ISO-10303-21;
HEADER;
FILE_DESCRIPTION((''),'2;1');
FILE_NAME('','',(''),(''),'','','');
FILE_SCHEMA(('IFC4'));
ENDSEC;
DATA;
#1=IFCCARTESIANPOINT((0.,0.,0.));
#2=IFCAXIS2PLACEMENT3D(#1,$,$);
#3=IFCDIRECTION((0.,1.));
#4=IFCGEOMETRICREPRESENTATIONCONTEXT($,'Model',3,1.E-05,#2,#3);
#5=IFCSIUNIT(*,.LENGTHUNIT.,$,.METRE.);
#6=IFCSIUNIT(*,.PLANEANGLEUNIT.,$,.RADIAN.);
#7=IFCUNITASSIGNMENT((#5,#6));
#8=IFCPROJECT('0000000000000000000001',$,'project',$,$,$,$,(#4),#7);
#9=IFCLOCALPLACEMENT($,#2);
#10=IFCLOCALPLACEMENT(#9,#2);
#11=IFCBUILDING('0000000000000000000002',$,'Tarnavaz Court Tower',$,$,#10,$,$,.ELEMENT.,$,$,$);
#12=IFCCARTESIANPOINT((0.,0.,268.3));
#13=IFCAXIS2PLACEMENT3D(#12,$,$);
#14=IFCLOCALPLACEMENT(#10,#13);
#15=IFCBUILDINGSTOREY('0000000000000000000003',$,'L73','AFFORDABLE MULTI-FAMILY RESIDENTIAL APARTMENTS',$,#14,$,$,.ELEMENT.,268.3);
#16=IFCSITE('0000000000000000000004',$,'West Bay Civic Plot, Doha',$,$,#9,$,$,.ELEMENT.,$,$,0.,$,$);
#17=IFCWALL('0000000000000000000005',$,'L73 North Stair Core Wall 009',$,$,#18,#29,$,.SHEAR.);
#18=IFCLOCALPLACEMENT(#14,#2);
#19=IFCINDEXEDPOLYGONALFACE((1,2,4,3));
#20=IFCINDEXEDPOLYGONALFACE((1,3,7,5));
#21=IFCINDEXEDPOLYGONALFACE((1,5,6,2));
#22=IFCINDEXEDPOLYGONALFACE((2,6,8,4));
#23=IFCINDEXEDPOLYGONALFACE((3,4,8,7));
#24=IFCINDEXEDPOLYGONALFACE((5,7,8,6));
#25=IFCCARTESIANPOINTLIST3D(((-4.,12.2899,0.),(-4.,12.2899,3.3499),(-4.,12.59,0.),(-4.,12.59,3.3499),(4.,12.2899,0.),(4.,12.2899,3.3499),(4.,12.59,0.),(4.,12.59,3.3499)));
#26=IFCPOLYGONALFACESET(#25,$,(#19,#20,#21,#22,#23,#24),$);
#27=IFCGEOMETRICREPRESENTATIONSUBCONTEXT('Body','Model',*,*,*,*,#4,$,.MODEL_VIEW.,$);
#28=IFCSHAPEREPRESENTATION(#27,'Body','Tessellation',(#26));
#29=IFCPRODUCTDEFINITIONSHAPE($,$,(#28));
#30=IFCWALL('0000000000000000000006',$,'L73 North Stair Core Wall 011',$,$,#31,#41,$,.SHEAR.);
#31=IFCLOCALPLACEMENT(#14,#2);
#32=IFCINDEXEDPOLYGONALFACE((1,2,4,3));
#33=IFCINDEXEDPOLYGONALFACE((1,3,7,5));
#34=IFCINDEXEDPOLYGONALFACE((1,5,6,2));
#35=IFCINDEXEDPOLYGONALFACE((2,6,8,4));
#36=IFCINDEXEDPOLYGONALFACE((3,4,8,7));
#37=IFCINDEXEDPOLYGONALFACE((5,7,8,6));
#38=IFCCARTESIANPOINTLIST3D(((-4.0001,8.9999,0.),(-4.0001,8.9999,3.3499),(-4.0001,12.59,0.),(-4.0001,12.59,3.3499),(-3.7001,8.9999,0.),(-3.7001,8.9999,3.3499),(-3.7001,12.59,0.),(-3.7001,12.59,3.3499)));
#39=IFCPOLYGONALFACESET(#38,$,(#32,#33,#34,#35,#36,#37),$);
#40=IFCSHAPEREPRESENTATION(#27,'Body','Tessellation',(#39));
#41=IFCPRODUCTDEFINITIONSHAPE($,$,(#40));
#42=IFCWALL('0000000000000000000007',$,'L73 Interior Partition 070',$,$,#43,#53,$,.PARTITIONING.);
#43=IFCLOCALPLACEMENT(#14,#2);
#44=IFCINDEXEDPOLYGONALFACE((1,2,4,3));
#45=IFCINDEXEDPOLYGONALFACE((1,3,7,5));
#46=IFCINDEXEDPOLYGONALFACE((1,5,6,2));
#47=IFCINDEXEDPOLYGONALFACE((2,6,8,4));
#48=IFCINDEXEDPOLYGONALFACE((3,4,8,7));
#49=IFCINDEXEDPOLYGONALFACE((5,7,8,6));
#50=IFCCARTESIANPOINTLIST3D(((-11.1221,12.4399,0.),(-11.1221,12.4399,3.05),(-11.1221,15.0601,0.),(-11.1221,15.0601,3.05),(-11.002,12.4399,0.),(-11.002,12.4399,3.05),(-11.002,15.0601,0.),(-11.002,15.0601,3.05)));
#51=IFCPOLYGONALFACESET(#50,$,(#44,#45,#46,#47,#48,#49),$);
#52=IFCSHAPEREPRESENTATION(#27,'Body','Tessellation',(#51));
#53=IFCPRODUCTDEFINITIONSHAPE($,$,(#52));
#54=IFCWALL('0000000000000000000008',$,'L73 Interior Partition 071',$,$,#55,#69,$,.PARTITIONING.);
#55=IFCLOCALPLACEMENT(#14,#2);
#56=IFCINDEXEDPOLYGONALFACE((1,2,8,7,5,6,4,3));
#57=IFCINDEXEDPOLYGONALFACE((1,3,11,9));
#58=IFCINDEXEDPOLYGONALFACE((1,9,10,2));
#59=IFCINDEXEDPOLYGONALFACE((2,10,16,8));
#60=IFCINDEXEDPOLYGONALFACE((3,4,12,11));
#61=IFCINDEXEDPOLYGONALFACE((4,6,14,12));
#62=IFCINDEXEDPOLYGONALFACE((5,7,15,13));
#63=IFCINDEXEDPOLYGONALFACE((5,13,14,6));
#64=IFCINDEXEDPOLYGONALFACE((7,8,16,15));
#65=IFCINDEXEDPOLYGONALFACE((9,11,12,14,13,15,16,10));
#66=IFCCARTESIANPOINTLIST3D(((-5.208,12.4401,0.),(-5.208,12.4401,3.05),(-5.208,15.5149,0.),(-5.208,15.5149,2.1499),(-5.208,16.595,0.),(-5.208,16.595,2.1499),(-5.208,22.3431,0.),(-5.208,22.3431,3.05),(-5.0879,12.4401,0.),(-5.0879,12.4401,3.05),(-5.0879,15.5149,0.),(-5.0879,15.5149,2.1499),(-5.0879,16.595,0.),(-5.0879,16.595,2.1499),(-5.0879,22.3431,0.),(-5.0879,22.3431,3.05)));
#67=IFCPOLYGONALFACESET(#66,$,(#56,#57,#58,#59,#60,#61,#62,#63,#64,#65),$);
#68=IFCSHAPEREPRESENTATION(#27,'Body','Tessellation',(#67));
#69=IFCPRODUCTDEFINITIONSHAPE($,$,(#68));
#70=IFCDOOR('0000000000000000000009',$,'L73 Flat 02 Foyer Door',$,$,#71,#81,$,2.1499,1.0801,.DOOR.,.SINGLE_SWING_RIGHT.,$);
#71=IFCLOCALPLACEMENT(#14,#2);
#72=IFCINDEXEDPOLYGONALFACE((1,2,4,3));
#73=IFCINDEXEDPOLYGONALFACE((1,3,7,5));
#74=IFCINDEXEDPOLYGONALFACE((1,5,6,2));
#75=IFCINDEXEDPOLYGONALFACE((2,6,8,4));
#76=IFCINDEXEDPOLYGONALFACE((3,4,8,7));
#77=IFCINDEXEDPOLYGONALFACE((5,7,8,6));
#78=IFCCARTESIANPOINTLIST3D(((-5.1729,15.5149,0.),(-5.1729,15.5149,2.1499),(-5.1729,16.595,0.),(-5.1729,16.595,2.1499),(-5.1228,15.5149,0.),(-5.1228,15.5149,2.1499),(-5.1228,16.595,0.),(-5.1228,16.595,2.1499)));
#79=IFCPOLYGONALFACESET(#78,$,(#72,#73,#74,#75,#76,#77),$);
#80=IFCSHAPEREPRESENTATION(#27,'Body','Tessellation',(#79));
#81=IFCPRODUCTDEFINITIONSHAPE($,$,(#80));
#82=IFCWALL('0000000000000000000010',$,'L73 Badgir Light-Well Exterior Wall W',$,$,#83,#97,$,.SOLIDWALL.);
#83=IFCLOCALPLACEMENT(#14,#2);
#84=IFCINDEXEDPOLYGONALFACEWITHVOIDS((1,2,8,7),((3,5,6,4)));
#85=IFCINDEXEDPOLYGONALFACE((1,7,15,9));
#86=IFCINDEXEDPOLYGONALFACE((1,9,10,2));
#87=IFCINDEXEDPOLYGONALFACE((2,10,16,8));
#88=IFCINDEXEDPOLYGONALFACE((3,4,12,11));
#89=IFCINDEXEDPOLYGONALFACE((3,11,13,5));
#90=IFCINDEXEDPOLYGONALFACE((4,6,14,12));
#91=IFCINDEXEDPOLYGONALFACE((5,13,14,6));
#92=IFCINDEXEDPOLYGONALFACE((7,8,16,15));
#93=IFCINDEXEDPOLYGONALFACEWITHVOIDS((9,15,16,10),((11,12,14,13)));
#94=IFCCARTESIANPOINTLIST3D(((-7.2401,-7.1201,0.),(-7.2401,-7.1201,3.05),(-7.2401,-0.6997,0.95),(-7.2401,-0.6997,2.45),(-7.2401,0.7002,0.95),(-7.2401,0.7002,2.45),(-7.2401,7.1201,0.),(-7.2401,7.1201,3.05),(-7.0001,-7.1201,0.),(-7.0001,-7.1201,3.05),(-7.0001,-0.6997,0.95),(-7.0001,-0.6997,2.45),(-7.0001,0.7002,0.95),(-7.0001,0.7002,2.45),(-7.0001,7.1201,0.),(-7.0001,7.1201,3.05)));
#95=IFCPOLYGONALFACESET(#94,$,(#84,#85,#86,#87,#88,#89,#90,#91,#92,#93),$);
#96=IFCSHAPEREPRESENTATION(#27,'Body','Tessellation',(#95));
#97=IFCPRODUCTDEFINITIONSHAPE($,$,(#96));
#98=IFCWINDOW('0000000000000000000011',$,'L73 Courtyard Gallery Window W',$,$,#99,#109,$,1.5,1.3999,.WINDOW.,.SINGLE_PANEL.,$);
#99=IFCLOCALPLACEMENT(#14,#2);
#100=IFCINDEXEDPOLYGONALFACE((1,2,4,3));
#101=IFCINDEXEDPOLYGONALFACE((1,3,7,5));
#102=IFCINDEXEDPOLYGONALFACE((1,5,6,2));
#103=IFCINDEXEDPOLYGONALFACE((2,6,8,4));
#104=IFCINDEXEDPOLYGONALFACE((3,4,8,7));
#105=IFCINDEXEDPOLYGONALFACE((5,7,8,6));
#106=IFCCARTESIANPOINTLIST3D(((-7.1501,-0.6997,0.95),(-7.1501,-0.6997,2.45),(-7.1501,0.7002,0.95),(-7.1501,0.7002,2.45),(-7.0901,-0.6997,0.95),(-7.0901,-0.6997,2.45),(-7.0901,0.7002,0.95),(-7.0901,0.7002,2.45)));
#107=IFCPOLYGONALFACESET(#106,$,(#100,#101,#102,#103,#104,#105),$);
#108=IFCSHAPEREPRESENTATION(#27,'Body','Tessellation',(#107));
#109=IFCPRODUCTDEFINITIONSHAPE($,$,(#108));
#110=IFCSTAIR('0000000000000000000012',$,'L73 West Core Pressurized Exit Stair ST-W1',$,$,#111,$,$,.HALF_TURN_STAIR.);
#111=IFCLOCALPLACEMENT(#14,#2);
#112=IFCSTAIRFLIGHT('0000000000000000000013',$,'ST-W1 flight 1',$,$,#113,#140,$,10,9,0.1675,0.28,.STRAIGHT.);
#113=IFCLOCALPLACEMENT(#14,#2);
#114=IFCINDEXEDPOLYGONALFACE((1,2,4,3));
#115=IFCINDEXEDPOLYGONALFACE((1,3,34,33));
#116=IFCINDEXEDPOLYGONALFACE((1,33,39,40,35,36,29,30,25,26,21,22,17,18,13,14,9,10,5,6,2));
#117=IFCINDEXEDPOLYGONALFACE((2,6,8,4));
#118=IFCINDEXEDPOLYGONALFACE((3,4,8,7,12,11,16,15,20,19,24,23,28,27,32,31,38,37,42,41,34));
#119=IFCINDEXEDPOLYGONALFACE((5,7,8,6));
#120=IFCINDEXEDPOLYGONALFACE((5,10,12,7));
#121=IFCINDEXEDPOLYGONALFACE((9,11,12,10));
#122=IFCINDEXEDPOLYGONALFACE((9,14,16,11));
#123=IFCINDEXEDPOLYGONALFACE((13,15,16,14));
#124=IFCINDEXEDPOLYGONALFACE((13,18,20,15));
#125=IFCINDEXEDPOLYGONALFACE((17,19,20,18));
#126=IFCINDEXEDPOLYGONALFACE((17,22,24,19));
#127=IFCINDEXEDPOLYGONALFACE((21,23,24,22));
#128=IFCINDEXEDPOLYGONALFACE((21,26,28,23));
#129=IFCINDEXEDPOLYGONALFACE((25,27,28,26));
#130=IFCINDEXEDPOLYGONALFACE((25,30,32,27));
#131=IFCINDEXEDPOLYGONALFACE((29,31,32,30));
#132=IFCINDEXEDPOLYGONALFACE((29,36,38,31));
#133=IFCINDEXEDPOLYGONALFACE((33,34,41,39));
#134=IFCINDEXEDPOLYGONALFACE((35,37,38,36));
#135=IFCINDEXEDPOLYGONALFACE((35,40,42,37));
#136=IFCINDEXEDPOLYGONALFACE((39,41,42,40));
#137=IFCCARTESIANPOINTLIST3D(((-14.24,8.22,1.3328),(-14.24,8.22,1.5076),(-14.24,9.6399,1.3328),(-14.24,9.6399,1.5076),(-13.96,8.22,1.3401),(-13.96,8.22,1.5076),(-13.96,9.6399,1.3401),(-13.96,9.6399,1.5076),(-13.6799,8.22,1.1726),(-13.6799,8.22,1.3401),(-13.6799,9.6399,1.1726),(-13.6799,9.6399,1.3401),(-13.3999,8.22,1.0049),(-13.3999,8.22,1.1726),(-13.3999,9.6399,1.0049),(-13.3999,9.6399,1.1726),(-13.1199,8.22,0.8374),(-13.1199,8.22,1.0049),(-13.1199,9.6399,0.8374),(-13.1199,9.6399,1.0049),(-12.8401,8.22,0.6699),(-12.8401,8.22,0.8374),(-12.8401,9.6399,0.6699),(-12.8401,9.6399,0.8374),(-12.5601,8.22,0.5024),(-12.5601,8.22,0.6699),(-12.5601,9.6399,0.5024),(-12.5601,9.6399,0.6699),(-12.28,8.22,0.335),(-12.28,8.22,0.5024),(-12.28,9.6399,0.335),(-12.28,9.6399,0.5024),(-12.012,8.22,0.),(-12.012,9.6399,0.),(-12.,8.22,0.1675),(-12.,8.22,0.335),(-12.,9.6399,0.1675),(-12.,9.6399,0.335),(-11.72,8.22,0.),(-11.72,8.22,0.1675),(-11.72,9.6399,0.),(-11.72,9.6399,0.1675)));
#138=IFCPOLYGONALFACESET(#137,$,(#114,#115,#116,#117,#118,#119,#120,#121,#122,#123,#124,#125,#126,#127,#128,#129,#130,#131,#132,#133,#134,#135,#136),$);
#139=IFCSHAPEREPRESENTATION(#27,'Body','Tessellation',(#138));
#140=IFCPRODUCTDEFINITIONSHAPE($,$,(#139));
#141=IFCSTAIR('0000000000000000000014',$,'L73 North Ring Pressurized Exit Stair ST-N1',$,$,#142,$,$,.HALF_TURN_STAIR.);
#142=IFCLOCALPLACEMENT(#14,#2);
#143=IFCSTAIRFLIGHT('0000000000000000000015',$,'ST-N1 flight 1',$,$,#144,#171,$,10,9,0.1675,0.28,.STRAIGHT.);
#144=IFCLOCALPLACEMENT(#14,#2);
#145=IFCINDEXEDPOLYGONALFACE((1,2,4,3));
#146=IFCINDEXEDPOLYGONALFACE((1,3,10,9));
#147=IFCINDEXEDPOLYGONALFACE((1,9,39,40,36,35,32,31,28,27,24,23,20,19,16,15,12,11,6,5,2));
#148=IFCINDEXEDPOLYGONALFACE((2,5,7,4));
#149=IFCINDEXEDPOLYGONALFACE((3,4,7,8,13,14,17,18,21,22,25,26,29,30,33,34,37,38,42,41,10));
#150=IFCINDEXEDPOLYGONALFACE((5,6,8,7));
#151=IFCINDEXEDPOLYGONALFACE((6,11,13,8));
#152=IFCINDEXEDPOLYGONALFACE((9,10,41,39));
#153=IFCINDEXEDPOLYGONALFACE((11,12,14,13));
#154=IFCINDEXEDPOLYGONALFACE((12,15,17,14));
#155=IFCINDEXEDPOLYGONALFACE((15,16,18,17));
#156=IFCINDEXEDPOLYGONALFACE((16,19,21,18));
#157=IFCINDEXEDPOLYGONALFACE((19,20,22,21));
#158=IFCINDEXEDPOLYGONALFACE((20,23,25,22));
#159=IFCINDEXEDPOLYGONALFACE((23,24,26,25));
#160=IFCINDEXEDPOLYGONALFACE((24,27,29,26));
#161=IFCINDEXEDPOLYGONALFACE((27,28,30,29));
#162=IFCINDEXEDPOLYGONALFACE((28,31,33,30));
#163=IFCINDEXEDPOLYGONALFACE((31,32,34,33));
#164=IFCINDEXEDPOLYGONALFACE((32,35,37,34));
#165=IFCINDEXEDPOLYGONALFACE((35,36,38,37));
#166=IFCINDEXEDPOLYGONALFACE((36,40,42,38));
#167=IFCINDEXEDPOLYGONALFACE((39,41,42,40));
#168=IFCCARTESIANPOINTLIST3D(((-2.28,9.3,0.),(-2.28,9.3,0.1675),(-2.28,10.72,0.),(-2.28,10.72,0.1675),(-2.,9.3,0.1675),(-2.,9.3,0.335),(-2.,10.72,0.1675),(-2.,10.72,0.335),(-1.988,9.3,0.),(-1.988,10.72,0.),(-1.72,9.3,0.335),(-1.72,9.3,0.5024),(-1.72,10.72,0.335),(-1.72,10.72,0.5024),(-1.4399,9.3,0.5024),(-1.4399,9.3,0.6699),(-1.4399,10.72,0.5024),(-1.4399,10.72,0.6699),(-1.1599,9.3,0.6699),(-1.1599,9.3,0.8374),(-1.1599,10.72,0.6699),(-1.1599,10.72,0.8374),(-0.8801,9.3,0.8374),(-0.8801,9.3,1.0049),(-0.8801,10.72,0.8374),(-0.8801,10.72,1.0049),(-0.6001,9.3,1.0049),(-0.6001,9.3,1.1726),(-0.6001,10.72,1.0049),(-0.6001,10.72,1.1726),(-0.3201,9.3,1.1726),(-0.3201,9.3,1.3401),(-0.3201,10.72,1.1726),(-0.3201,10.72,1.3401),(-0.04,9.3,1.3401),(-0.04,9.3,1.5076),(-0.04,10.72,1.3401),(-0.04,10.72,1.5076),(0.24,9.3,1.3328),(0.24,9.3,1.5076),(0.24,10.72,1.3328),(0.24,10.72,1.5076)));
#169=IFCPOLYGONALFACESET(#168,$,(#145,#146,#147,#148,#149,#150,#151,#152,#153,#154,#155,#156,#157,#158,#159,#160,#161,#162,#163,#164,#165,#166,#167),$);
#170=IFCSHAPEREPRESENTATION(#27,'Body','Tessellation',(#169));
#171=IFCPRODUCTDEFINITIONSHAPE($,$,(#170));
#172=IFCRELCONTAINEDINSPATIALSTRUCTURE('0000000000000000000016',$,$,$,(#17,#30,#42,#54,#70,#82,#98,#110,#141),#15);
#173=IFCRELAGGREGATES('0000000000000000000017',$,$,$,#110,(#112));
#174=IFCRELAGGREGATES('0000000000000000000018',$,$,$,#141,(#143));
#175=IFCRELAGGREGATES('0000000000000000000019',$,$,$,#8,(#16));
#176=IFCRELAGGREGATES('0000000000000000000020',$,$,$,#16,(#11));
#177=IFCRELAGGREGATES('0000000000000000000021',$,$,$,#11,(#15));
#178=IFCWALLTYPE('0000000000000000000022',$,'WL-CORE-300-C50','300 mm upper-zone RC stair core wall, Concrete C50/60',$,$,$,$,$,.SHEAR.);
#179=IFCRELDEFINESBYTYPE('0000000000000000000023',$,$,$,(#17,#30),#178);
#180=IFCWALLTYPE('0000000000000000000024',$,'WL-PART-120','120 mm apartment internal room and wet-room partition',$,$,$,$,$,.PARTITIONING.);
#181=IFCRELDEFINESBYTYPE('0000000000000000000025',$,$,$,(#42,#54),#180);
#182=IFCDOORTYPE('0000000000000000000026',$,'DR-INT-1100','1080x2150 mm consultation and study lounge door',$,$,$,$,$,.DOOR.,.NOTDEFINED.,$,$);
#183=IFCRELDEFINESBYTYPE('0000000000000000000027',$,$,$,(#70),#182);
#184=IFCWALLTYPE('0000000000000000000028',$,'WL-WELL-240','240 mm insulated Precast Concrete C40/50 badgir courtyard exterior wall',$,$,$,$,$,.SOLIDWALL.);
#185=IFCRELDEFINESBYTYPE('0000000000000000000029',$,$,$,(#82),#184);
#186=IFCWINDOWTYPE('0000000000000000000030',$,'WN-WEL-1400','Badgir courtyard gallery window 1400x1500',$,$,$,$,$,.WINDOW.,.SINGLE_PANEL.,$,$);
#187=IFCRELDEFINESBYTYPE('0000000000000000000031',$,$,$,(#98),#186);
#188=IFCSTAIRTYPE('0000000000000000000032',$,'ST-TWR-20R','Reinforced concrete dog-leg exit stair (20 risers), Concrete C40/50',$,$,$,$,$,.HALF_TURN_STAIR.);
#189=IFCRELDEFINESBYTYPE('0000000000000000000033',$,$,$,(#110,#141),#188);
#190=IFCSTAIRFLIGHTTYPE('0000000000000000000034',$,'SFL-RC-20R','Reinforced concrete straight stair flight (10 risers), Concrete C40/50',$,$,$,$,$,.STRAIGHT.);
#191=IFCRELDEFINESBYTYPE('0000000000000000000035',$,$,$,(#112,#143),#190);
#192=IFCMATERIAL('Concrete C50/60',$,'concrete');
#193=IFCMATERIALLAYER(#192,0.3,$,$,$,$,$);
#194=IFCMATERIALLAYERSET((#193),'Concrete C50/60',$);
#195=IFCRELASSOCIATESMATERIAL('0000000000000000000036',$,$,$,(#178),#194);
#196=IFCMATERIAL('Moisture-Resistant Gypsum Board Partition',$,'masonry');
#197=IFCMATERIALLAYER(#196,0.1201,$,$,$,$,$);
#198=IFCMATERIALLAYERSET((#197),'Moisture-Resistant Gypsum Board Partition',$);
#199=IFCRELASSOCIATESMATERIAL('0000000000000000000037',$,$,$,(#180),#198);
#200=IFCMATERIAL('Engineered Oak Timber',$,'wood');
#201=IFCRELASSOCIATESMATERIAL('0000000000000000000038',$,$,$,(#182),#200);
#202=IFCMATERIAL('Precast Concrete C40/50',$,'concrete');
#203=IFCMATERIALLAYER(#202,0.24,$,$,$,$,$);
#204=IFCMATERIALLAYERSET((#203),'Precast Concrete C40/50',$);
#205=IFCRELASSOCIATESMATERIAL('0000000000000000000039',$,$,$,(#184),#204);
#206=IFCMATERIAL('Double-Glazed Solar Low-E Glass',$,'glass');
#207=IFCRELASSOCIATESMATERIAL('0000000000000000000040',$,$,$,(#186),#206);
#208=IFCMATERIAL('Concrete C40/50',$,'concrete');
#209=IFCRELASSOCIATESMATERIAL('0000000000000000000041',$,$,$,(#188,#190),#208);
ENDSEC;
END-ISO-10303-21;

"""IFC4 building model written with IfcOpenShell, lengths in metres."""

from ifc_helpers import new_model, si_unit, direction, frame, frame_2d, origin, place, context, subcontext, project, spatial, polyline, rectangle, outline, extrude, material, layer, layer_set, type_object, element, fill, aggregate, save


model = new_model("IFC4")

# Units and contexts
model_context = context("Model", 3, precision=1e-05, world=origin(), true_north=direction((0.0, 1.0)))
body_context = subcontext(model_context, "Body", "Model", "MODEL_VIEW")
ifc_project = project(units=[si_unit("LENGTHUNIT", "METRE"), si_unit("PLANEANGLEUNIT", "RADIAN")], contexts=[model_context])

# Site, building, storey
site_placement = place(None, origin())
site = spatial("IfcSite", under=ifc_project, at=site_placement, Name="West Bay Civic Plot, Doha", CompositionType="ELEMENT", RefElevation=0.0)
building_placement = place(site_placement, origin())
building = spatial("IfcBuilding", under=site, at=building_placement, Name="Tarnavaz Court Tower", CompositionType="ELEMENT")
storey_placement = place(building_placement, frame((0.0, 0.0, 268.3)))
storey = spatial("IfcBuildingStorey", under=building, at=storey_placement, Name="L73", Description="AFFORDABLE MULTI-FAMILY RESIDENTIAL APARTMENTS", CompositionType="ELEMENT", Elevation=268.3)

# Shared definitions
ifc_material_1 = material(Name="Concrete C50/60", Category="concrete")

# Wall
ifc_layer_1 = layer(ifc_material_1, 0.3)
ifc_layer_set_1 = layer_set([ifc_layer_1], Name="Concrete C50/60")
wall_type_1 = type_object("IfcWallType", Name="WL-CORE-300-C50", Description="300 mm upper-zone RC stair core wall, Concrete C50/60", PredefinedType="SHEAR", material=ifc_layer_set_1)
wall_1_placement = place(storey_placement, frame((-4.0, 12.4399, 0.0), z_axis=(0.0, 0.0, 1.0), x_axis=(1.0, 0.0, 0.0)))
element("IfcWall", 1, at=wall_1_placement, inside=storey, type_object=wall_type_1, Name="L73 North Stair Core Wall 009", PredefinedType="SHEAR", context=body_context, shape_type="SweptSolid", body=[
    extrude(rectangle(XDim=8.0, YDim=0.3, at=frame_2d((4.0, 0.0))), origin(), (0.0, 0.0, 1.0), 3.3499),
])

# Wall
wall_2_placement = place(storey_placement, frame((-3.8501, 9.0, 0.0), z_axis=(0.0, 0.0, 1.0), x_axis=(0.0, 1.0, 0.0)))
element("IfcWall", 2, at=wall_2_placement, inside=storey, type_object=wall_type_1, Name="L73 North Stair Core Wall 011", PredefinedType="SHEAR", context=body_context, shape_type="SweptSolid", body=[
    extrude(rectangle(XDim=3.5901, YDim=0.3, at=frame_2d((1.7949, 0.0))), origin(), (0.0, 0.0, 1.0), 3.3499),
])

# Wall
ifc_material_2 = material(Name="Moisture-Resistant Gypsum Board Partition", Category="masonry")
ifc_layer_2 = layer(ifc_material_2, 0.1201)
ifc_layer_set_2 = layer_set([ifc_layer_2], Name="Moisture-Resistant Gypsum Board Partition")
wall_type_2 = type_object("IfcWallType", Name="WL-PART-120", Description="120 mm apartment internal room and wet-room partition", PredefinedType="PARTITIONING", material=ifc_layer_set_2)
wall_3_placement = place(storey_placement, frame((-11.062, 12.4399, 0.0), z_axis=(0.0, 0.0, 1.0), x_axis=(0.0, 1.0, 0.0)))
element("IfcWall", 3, at=wall_3_placement, inside=storey, type_object=wall_type_2, Name="L73 Interior Partition 070", PredefinedType="PARTITIONING", context=body_context, shape_type="SweptSolid", body=[
    extrude(rectangle(XDim=2.6201, YDim=0.1201, at=frame_2d((1.3101, 0.0))), origin(), (0.0, 0.0, 1.0), 3.05),
])

# Wall, opening, door
wall_4_placement = place(storey_placement, frame((-5.1479, 12.4399, 0.0), z_axis=(0.0, 0.0, 1.0), x_axis=(0.0, 1.0, 0.0)))
wall_4 = element("IfcWall", 4, at=wall_4_placement, inside=storey, type_object=wall_type_2, Name="L73 Interior Partition 071", PredefinedType="PARTITIONING", context=body_context, shape_type="SweptSolid", body=[
    extrude(rectangle(XDim=9.9031, YDim=0.1201, at=frame_2d((4.9517, 0.0))), origin(), (0.0, 0.0, 1.0), 3.05),
])
opening_1_placement = place(wall_4_placement, frame((3.075, 0.0, 0.0)))
opening_1 = element("IfcOpeningElement", 5, at=opening_1_placement, cuts=wall_4, PredefinedType="OPENING", context=body_context, shape_type="SweptSolid", body=[
    extrude(rectangle(XDim=1.0801, YDim=2.1499, at=frame_2d((0.54, 1.075))), frame((0.0, 0.0701, 0.0), z_axis=(0.0, -1.0, 0.0), x_axis=(1.0, 0.0, 0.0)), (0.0, 0.0, 1.0), 0.1401),
])
ifc_material_3 = material(Name="Engineered Oak Timber", Category="wood")
door_type_1 = type_object("IfcDoorType", Name="DR-INT-1100", Description="1080x2150 mm consultation and study lounge door", OperationType="NOTDEFINED", PredefinedType="DOOR", material=ifc_material_3)
door_1_placement = place(opening_1_placement, origin())
door_1 = element("IfcDoor", 6, at=door_1_placement, inside=storey, type_object=door_type_1, Name="L73 Flat 02 Foyer Door", OperationType="SINGLE_SWING_RIGHT", OverallHeight=2.1499, OverallWidth=1.0801, PredefinedType="DOOR", context=body_context, shape_type="SweptSolid", body=[
    extrude(rectangle(XDim=1.0801, YDim=2.1499, at=frame_2d((0.54, 1.075))), frame((0.0, 0.0249, 0.0), z_axis=(0.0, -1.0, 0.0), x_axis=(1.0, 0.0, 0.0)), (0.0, 0.0, 1.0), 0.05),
])
fill(opening_1, door_1)

# Wall, opening, window
ifc_material_4 = material(Name="Precast Concrete C40/50", Category="concrete")
ifc_layer_3 = layer(ifc_material_4, 0.24)
ifc_layer_set_3 = layer_set([ifc_layer_3], Name="Precast Concrete C40/50")
wall_type_3 = type_object("IfcWallType", Name="WL-WELL-240", Description="240 mm insulated Precast Concrete C40/50 badgir courtyard exterior wall", PredefinedType="SOLIDWALL", material=ifc_layer_set_3)
wall_5_placement = place(storey_placement, frame((-7.1201, 7.1201, 0.0), z_axis=(0.0, 0.0, 1.0), x_axis=(0.0, -1.0, 0.0)))
wall_5 = element("IfcWall", 7, at=wall_5_placement, inside=storey, type_object=wall_type_3, Name="L73 Badgir Light-Well Exterior Wall W", PredefinedType="SOLIDWALL", context=body_context, shape_type="SweptSolid", body=[
    extrude(rectangle(XDim=14.2402, YDim=0.24, at=frame_2d((7.1201, 0.0))), origin(), (0.0, 0.0, 1.0), 3.05),
])
opening_2_placement = place(wall_5_placement, frame((6.4199, 0.0, 0.95)))
opening_2 = element("IfcOpeningElement", 8, at=opening_2_placement, cuts=wall_5, PredefinedType="OPENING", context=body_context, shape_type="SweptSolid", body=[
    extrude(rectangle(XDim=1.3999, YDim=1.5, at=frame_2d((0.7, 0.75))), frame((0.0, 0.1299, 0.0), z_axis=(0.0, -1.0, 0.0), x_axis=(1.0, 0.0, 0.0)), (0.0, 0.0, 1.0), 0.26),
])
ifc_material_5 = material(Name="Double-Glazed Solar Low-E Glass", Category="glass")
window_type = type_object("IfcWindowType", Name="WN-WEL-1400", Description="Badgir courtyard gallery window 1400x1500", PartitioningType="SINGLE_PANEL", PredefinedType="WINDOW", material=ifc_material_5)
window_placement = place(opening_2_placement, origin())
window = element("IfcWindow", 9, at=window_placement, inside=storey, type_object=window_type, Name="L73 Courtyard Gallery Window W", OverallHeight=1.5, OverallWidth=1.3999, PartitioningType="SINGLE_PANEL", PredefinedType="WINDOW", context=body_context, shape_type="SweptSolid", body=[
    extrude(rectangle(XDim=1.3999, YDim=1.5, at=frame_2d((0.7, 0.75))), frame((0.0, 0.03, 0.0), z_axis=(0.0, -1.0, 0.0), x_axis=(1.0, 0.0, 0.0)), (0.0, 0.0, 1.0), 0.0601),
])
fill(opening_2, window)

# Stairs, stair flights
ifc_material_6 = material(Name="Concrete C40/50", Category="concrete")
stair_type = type_object("IfcStairType", Name="ST-TWR-20R", Description="Reinforced concrete dog-leg exit stair (20 risers), Concrete C40/50", PredefinedType="HALF_TURN_STAIR", material=ifc_material_6)
stair_1_placement = place(storey_placement, origin())
stair_1 = element("IfcStair", 10, at=stair_1_placement, inside=storey, type_object=stair_type, Name="L73 West Core Pressurized Exit Stair ST-W1", PredefinedType="HALF_TURN_STAIR")
stair_flight_type = type_object("IfcStairFlightType", Name="SFL-RC-20R", Description="Reinforced concrete straight stair flight (10 risers), Concrete C40/50", PredefinedType="STRAIGHT", material=ifc_material_6)
stair_flight_1_placement = place(storey_placement, frame((-11.72, 8.9299, 0.0), z_axis=(0.0, 0.0, 1.0), x_axis=(-1.0, 0.0, 0.0)))
stair_flight_1 = element("IfcStairFlight", 11, at=stair_flight_1_placement, type_object=stair_flight_type, Name="ST-W1 flight 1", NumberOfRisers=10, NumberOfTreads=9, PredefinedType="STRAIGHT", RiserHeight=0.1675, TreadLength=0.28, context=body_context, shape_type="SweptSolid", body=[
    extrude(outline(polyline([(0.0, 0.0), (0.0, 0.1675), (0.28, 0.1675), (0.28, 0.335), (0.5601, 0.335), (0.5601, 0.5024), (0.8401, 0.5024), (0.8401, 0.6699), (1.1201, 0.6699), (1.1201, 0.8374), (1.3999, 0.8374), (1.3999, 1.0049), (1.6799, 1.0049), (1.6799, 1.1726), (1.96, 1.1726), (1.96, 1.3401), (2.24, 1.3401), (2.24, 1.5076), (2.52, 1.5076), (2.52, 1.675), (2.52, 1.3328), (0.292, 0.0), (0.0, 0.0)])), frame((0.0, 0.71, 0.0), z_axis=(0.0, -1.0, 0.0), x_axis=(1.0, 0.0, 0.0)), (0.0, 0.0, 1.0), 1.4199),
])
aggregate(stair_1, [stair_flight_1])
stair_2_placement = place(storey_placement, origin())
stair_2 = element("IfcStair", 12, at=stair_2_placement, inside=storey, type_object=stair_type, Name="L73 North Ring Pressurized Exit Stair ST-N1", PredefinedType="HALF_TURN_STAIR")
stair_flight_2_placement = place(storey_placement, frame((-2.28, 10.01, 0.0), z_axis=(0.0, 0.0, 1.0), x_axis=(1.0, 0.0, 0.0)))
stair_flight_2 = element("IfcStairFlight", 13, at=stair_flight_2_placement, type_object=stair_flight_type, Name="ST-N1 flight 1", NumberOfRisers=10, NumberOfTreads=9, PredefinedType="STRAIGHT", RiserHeight=0.1675, TreadLength=0.28, context=body_context, shape_type="SweptSolid", body=[
    extrude(outline(polyline([(0.0, 0.0), (0.0, 0.1675), (0.28, 0.1675), (0.28, 0.335), (0.5601, 0.335), (0.5601, 0.5024), (0.8401, 0.5024), (0.8401, 0.6699), (1.1201, 0.6699), (1.1201, 0.8374), (1.3999, 0.8374), (1.3999, 1.0049), (1.6799, 1.0049), (1.6799, 1.1726), (1.96, 1.1726), (1.96, 1.3401), (2.24, 1.3401), (2.24, 1.5076), (2.52, 1.5076), (2.52, 1.675), (2.52, 1.3328), (0.292, 0.0), (0.0, 0.0)])), frame((0.0, 0.71, 0.0), z_axis=(0.0, -1.0, 0.0), x_axis=(1.0, 0.0, 0.0)), (0.0, 0.0, 1.0), 1.4199),
])
aggregate(stair_2, [stair_flight_2])

save(model, "model.ifc")
